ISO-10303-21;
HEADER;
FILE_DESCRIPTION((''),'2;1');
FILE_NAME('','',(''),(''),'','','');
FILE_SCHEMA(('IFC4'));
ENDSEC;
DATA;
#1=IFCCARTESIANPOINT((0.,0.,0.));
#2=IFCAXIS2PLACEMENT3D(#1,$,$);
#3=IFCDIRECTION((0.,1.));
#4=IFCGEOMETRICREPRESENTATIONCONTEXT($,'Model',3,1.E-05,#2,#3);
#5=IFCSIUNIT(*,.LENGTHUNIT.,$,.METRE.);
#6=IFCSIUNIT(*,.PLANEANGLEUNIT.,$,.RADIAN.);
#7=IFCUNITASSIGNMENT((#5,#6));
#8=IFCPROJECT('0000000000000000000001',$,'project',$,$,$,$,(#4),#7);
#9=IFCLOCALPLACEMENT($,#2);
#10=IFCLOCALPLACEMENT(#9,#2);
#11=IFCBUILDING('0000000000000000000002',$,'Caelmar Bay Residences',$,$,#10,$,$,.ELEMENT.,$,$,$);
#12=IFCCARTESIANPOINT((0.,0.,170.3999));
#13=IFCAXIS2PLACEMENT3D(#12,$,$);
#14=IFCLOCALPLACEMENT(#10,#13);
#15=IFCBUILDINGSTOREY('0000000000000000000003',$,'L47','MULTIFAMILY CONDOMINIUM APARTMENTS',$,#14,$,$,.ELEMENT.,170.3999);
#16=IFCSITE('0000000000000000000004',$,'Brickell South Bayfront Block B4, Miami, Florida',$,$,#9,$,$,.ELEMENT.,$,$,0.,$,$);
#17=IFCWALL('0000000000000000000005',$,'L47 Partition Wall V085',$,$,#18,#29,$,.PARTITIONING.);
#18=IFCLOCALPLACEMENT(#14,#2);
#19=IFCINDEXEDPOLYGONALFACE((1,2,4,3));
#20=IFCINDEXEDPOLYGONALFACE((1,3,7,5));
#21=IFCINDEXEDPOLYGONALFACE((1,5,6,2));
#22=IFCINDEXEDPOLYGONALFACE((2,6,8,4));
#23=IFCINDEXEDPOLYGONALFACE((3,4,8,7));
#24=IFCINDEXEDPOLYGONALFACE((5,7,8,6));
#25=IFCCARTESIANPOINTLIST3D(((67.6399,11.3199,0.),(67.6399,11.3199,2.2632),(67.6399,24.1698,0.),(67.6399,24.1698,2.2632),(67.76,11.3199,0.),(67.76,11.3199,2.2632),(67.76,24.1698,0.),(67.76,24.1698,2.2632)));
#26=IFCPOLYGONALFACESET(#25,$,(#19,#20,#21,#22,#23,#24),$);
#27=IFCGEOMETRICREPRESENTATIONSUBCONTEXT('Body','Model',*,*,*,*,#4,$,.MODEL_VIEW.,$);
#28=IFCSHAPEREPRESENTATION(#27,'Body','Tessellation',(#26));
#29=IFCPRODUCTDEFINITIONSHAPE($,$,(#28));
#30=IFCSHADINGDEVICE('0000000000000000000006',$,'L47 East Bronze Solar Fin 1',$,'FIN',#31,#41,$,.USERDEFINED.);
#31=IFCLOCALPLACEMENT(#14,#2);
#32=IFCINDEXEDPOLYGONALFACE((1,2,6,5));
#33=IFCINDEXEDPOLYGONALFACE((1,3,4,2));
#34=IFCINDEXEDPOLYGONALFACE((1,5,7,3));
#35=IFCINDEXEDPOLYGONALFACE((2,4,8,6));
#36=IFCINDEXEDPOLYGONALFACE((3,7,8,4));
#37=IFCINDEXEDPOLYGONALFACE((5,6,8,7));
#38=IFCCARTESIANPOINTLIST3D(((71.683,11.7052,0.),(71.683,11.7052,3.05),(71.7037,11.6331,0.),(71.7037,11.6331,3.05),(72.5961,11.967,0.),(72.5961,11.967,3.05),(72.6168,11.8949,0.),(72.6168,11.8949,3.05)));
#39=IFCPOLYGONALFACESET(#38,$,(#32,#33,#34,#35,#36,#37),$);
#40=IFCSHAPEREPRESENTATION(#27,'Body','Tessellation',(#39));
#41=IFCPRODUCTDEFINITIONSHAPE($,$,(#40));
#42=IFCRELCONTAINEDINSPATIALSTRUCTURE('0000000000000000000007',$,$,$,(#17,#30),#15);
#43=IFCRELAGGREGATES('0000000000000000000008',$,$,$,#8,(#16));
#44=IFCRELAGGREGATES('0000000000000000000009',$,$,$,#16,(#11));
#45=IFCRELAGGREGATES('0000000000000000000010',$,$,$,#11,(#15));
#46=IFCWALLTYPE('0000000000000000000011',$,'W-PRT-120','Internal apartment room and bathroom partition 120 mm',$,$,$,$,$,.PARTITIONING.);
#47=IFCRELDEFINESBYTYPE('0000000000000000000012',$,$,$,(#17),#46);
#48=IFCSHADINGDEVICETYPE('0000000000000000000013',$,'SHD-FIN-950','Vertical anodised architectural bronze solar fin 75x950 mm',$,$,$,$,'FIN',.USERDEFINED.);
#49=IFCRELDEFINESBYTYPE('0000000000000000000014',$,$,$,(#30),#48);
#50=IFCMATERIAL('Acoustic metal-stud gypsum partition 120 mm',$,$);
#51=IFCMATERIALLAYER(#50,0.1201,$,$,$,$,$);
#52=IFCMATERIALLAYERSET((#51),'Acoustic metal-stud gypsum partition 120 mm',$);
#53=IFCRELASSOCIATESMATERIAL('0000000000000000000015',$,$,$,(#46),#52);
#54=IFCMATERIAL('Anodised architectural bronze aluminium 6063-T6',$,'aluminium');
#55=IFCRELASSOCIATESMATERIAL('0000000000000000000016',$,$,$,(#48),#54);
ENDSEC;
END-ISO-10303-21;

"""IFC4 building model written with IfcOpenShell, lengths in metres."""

from ifc_helpers import new_model, si_unit, direction, frame, frame_2d, origin, origin_2d, place, context, subcontext, project, spatial, rectangle, extrude, material, layer, layer_set, material_profile, profile_set, type_object, element, save


model = new_model("IFC4")

# Units and contexts
model_context = context("Model", 3, precision=1e-05, world=origin(), true_north=direction((0.0, 1.0)))
body_context = subcontext(model_context, "Body", "Model", "MODEL_VIEW")
ifc_project = project(units=[si_unit("LENGTHUNIT", "METRE"), si_unit("PLANEANGLEUNIT", "RADIAN")], contexts=[model_context])

# Site, building, storey
site_placement = place(None, origin())
site = spatial("IfcSite", under=ifc_project, at=site_placement, Name="Brickell South Bayfront Block B4, Miami, Florida", CompositionType="ELEMENT", RefElevation=0.0)
building_placement = place(site_placement, origin())
building = spatial("IfcBuilding", under=site, at=building_placement, Name="Caelmar Bay Residences", CompositionType="ELEMENT")
storey_placement = place(building_placement, frame((0.0, 0.0, 170.3999)))
storey = spatial("IfcBuildingStorey", under=building, at=storey_placement, Name="L47", Description="MULTIFAMILY CONDOMINIUM APARTMENTS", CompositionType="ELEMENT", Elevation=170.3999)

# Wall
ifc_material_1 = material(Name="Acoustic metal-stud gypsum partition 120 mm")
ifc_layer_1 = layer(ifc_material_1, 0.1201)
ifc_layer_set_1 = layer_set([ifc_layer_1], Name="Acoustic metal-stud gypsum partition 120 mm")
wall_type_1 = type_object("IfcWallType", Name="W-PRT-120", Description="Internal apartment room and bathroom partition 120 mm", PredefinedType="PARTITIONING", material=ifc_layer_set_1)
wall_1_placement = place(storey_placement, frame((67.7, 11.3201, 0.0), z_axis=(0.0, 0.0, 1.0), x_axis=(0.0, 1.0, 0.0)))
element("IfcWall", 1, at=wall_1_placement, inside=storey, type_object=wall_type_1, Name="L47 Partition Wall V085", PredefinedType="PARTITIONING", context=body_context, shape_type="SweptSolid", body=[
    extrude(rectangle(XDim=12.8499, YDim=0.1201, at=frame_2d((6.4248, 0.0))), origin(), (0.0, 0.0, 1.0), 2.2632),
])

# Shading device
ifc_material_2 = material(Name="Anodised architectural bronze aluminium 6063-T6", Category="aluminium")
ifc_material_profile_1 = material_profile(ifc_material_2, rectangle(XDim=0.075, YDim=0.95, at=origin_2d()), Name="BRONZE-FIN-75X950")
ifc_profile_set_1 = profile_set([ifc_material_profile_1], Name="Anodised architectural bronze aluminium 6063-T6")
shading_device_type = type_object("IfcShadingDeviceType", Name="SHD-FIN-950", Description="Vertical anodised architectural bronze solar fin 75x950 mm", ElementType="FIN", PredefinedType="USERDEFINED", material=ifc_profile_set_1)
shading_device_placement = place(storey_placement, frame((72.1499, 11.8, 0.0), z_axis=(0.0, 0.0, 1.0), x_axis=(-0.275637, 0.961262, 0.0)))
element("IfcShadingDevice", 2, at=shading_device_placement, inside=storey, type_object=shading_device_type, Name="L47 East Bronze Solar Fin 1", ObjectType="FIN", PredefinedType="USERDEFINED", context=body_context, shape_type="SweptSolid", body=[
    extrude(rectangle(XDim=0.075, YDim=0.95, at=origin_2d()), origin(), (0.0, 0.0, 1.0), 3.05),
])

save(model, "model.ifc")
